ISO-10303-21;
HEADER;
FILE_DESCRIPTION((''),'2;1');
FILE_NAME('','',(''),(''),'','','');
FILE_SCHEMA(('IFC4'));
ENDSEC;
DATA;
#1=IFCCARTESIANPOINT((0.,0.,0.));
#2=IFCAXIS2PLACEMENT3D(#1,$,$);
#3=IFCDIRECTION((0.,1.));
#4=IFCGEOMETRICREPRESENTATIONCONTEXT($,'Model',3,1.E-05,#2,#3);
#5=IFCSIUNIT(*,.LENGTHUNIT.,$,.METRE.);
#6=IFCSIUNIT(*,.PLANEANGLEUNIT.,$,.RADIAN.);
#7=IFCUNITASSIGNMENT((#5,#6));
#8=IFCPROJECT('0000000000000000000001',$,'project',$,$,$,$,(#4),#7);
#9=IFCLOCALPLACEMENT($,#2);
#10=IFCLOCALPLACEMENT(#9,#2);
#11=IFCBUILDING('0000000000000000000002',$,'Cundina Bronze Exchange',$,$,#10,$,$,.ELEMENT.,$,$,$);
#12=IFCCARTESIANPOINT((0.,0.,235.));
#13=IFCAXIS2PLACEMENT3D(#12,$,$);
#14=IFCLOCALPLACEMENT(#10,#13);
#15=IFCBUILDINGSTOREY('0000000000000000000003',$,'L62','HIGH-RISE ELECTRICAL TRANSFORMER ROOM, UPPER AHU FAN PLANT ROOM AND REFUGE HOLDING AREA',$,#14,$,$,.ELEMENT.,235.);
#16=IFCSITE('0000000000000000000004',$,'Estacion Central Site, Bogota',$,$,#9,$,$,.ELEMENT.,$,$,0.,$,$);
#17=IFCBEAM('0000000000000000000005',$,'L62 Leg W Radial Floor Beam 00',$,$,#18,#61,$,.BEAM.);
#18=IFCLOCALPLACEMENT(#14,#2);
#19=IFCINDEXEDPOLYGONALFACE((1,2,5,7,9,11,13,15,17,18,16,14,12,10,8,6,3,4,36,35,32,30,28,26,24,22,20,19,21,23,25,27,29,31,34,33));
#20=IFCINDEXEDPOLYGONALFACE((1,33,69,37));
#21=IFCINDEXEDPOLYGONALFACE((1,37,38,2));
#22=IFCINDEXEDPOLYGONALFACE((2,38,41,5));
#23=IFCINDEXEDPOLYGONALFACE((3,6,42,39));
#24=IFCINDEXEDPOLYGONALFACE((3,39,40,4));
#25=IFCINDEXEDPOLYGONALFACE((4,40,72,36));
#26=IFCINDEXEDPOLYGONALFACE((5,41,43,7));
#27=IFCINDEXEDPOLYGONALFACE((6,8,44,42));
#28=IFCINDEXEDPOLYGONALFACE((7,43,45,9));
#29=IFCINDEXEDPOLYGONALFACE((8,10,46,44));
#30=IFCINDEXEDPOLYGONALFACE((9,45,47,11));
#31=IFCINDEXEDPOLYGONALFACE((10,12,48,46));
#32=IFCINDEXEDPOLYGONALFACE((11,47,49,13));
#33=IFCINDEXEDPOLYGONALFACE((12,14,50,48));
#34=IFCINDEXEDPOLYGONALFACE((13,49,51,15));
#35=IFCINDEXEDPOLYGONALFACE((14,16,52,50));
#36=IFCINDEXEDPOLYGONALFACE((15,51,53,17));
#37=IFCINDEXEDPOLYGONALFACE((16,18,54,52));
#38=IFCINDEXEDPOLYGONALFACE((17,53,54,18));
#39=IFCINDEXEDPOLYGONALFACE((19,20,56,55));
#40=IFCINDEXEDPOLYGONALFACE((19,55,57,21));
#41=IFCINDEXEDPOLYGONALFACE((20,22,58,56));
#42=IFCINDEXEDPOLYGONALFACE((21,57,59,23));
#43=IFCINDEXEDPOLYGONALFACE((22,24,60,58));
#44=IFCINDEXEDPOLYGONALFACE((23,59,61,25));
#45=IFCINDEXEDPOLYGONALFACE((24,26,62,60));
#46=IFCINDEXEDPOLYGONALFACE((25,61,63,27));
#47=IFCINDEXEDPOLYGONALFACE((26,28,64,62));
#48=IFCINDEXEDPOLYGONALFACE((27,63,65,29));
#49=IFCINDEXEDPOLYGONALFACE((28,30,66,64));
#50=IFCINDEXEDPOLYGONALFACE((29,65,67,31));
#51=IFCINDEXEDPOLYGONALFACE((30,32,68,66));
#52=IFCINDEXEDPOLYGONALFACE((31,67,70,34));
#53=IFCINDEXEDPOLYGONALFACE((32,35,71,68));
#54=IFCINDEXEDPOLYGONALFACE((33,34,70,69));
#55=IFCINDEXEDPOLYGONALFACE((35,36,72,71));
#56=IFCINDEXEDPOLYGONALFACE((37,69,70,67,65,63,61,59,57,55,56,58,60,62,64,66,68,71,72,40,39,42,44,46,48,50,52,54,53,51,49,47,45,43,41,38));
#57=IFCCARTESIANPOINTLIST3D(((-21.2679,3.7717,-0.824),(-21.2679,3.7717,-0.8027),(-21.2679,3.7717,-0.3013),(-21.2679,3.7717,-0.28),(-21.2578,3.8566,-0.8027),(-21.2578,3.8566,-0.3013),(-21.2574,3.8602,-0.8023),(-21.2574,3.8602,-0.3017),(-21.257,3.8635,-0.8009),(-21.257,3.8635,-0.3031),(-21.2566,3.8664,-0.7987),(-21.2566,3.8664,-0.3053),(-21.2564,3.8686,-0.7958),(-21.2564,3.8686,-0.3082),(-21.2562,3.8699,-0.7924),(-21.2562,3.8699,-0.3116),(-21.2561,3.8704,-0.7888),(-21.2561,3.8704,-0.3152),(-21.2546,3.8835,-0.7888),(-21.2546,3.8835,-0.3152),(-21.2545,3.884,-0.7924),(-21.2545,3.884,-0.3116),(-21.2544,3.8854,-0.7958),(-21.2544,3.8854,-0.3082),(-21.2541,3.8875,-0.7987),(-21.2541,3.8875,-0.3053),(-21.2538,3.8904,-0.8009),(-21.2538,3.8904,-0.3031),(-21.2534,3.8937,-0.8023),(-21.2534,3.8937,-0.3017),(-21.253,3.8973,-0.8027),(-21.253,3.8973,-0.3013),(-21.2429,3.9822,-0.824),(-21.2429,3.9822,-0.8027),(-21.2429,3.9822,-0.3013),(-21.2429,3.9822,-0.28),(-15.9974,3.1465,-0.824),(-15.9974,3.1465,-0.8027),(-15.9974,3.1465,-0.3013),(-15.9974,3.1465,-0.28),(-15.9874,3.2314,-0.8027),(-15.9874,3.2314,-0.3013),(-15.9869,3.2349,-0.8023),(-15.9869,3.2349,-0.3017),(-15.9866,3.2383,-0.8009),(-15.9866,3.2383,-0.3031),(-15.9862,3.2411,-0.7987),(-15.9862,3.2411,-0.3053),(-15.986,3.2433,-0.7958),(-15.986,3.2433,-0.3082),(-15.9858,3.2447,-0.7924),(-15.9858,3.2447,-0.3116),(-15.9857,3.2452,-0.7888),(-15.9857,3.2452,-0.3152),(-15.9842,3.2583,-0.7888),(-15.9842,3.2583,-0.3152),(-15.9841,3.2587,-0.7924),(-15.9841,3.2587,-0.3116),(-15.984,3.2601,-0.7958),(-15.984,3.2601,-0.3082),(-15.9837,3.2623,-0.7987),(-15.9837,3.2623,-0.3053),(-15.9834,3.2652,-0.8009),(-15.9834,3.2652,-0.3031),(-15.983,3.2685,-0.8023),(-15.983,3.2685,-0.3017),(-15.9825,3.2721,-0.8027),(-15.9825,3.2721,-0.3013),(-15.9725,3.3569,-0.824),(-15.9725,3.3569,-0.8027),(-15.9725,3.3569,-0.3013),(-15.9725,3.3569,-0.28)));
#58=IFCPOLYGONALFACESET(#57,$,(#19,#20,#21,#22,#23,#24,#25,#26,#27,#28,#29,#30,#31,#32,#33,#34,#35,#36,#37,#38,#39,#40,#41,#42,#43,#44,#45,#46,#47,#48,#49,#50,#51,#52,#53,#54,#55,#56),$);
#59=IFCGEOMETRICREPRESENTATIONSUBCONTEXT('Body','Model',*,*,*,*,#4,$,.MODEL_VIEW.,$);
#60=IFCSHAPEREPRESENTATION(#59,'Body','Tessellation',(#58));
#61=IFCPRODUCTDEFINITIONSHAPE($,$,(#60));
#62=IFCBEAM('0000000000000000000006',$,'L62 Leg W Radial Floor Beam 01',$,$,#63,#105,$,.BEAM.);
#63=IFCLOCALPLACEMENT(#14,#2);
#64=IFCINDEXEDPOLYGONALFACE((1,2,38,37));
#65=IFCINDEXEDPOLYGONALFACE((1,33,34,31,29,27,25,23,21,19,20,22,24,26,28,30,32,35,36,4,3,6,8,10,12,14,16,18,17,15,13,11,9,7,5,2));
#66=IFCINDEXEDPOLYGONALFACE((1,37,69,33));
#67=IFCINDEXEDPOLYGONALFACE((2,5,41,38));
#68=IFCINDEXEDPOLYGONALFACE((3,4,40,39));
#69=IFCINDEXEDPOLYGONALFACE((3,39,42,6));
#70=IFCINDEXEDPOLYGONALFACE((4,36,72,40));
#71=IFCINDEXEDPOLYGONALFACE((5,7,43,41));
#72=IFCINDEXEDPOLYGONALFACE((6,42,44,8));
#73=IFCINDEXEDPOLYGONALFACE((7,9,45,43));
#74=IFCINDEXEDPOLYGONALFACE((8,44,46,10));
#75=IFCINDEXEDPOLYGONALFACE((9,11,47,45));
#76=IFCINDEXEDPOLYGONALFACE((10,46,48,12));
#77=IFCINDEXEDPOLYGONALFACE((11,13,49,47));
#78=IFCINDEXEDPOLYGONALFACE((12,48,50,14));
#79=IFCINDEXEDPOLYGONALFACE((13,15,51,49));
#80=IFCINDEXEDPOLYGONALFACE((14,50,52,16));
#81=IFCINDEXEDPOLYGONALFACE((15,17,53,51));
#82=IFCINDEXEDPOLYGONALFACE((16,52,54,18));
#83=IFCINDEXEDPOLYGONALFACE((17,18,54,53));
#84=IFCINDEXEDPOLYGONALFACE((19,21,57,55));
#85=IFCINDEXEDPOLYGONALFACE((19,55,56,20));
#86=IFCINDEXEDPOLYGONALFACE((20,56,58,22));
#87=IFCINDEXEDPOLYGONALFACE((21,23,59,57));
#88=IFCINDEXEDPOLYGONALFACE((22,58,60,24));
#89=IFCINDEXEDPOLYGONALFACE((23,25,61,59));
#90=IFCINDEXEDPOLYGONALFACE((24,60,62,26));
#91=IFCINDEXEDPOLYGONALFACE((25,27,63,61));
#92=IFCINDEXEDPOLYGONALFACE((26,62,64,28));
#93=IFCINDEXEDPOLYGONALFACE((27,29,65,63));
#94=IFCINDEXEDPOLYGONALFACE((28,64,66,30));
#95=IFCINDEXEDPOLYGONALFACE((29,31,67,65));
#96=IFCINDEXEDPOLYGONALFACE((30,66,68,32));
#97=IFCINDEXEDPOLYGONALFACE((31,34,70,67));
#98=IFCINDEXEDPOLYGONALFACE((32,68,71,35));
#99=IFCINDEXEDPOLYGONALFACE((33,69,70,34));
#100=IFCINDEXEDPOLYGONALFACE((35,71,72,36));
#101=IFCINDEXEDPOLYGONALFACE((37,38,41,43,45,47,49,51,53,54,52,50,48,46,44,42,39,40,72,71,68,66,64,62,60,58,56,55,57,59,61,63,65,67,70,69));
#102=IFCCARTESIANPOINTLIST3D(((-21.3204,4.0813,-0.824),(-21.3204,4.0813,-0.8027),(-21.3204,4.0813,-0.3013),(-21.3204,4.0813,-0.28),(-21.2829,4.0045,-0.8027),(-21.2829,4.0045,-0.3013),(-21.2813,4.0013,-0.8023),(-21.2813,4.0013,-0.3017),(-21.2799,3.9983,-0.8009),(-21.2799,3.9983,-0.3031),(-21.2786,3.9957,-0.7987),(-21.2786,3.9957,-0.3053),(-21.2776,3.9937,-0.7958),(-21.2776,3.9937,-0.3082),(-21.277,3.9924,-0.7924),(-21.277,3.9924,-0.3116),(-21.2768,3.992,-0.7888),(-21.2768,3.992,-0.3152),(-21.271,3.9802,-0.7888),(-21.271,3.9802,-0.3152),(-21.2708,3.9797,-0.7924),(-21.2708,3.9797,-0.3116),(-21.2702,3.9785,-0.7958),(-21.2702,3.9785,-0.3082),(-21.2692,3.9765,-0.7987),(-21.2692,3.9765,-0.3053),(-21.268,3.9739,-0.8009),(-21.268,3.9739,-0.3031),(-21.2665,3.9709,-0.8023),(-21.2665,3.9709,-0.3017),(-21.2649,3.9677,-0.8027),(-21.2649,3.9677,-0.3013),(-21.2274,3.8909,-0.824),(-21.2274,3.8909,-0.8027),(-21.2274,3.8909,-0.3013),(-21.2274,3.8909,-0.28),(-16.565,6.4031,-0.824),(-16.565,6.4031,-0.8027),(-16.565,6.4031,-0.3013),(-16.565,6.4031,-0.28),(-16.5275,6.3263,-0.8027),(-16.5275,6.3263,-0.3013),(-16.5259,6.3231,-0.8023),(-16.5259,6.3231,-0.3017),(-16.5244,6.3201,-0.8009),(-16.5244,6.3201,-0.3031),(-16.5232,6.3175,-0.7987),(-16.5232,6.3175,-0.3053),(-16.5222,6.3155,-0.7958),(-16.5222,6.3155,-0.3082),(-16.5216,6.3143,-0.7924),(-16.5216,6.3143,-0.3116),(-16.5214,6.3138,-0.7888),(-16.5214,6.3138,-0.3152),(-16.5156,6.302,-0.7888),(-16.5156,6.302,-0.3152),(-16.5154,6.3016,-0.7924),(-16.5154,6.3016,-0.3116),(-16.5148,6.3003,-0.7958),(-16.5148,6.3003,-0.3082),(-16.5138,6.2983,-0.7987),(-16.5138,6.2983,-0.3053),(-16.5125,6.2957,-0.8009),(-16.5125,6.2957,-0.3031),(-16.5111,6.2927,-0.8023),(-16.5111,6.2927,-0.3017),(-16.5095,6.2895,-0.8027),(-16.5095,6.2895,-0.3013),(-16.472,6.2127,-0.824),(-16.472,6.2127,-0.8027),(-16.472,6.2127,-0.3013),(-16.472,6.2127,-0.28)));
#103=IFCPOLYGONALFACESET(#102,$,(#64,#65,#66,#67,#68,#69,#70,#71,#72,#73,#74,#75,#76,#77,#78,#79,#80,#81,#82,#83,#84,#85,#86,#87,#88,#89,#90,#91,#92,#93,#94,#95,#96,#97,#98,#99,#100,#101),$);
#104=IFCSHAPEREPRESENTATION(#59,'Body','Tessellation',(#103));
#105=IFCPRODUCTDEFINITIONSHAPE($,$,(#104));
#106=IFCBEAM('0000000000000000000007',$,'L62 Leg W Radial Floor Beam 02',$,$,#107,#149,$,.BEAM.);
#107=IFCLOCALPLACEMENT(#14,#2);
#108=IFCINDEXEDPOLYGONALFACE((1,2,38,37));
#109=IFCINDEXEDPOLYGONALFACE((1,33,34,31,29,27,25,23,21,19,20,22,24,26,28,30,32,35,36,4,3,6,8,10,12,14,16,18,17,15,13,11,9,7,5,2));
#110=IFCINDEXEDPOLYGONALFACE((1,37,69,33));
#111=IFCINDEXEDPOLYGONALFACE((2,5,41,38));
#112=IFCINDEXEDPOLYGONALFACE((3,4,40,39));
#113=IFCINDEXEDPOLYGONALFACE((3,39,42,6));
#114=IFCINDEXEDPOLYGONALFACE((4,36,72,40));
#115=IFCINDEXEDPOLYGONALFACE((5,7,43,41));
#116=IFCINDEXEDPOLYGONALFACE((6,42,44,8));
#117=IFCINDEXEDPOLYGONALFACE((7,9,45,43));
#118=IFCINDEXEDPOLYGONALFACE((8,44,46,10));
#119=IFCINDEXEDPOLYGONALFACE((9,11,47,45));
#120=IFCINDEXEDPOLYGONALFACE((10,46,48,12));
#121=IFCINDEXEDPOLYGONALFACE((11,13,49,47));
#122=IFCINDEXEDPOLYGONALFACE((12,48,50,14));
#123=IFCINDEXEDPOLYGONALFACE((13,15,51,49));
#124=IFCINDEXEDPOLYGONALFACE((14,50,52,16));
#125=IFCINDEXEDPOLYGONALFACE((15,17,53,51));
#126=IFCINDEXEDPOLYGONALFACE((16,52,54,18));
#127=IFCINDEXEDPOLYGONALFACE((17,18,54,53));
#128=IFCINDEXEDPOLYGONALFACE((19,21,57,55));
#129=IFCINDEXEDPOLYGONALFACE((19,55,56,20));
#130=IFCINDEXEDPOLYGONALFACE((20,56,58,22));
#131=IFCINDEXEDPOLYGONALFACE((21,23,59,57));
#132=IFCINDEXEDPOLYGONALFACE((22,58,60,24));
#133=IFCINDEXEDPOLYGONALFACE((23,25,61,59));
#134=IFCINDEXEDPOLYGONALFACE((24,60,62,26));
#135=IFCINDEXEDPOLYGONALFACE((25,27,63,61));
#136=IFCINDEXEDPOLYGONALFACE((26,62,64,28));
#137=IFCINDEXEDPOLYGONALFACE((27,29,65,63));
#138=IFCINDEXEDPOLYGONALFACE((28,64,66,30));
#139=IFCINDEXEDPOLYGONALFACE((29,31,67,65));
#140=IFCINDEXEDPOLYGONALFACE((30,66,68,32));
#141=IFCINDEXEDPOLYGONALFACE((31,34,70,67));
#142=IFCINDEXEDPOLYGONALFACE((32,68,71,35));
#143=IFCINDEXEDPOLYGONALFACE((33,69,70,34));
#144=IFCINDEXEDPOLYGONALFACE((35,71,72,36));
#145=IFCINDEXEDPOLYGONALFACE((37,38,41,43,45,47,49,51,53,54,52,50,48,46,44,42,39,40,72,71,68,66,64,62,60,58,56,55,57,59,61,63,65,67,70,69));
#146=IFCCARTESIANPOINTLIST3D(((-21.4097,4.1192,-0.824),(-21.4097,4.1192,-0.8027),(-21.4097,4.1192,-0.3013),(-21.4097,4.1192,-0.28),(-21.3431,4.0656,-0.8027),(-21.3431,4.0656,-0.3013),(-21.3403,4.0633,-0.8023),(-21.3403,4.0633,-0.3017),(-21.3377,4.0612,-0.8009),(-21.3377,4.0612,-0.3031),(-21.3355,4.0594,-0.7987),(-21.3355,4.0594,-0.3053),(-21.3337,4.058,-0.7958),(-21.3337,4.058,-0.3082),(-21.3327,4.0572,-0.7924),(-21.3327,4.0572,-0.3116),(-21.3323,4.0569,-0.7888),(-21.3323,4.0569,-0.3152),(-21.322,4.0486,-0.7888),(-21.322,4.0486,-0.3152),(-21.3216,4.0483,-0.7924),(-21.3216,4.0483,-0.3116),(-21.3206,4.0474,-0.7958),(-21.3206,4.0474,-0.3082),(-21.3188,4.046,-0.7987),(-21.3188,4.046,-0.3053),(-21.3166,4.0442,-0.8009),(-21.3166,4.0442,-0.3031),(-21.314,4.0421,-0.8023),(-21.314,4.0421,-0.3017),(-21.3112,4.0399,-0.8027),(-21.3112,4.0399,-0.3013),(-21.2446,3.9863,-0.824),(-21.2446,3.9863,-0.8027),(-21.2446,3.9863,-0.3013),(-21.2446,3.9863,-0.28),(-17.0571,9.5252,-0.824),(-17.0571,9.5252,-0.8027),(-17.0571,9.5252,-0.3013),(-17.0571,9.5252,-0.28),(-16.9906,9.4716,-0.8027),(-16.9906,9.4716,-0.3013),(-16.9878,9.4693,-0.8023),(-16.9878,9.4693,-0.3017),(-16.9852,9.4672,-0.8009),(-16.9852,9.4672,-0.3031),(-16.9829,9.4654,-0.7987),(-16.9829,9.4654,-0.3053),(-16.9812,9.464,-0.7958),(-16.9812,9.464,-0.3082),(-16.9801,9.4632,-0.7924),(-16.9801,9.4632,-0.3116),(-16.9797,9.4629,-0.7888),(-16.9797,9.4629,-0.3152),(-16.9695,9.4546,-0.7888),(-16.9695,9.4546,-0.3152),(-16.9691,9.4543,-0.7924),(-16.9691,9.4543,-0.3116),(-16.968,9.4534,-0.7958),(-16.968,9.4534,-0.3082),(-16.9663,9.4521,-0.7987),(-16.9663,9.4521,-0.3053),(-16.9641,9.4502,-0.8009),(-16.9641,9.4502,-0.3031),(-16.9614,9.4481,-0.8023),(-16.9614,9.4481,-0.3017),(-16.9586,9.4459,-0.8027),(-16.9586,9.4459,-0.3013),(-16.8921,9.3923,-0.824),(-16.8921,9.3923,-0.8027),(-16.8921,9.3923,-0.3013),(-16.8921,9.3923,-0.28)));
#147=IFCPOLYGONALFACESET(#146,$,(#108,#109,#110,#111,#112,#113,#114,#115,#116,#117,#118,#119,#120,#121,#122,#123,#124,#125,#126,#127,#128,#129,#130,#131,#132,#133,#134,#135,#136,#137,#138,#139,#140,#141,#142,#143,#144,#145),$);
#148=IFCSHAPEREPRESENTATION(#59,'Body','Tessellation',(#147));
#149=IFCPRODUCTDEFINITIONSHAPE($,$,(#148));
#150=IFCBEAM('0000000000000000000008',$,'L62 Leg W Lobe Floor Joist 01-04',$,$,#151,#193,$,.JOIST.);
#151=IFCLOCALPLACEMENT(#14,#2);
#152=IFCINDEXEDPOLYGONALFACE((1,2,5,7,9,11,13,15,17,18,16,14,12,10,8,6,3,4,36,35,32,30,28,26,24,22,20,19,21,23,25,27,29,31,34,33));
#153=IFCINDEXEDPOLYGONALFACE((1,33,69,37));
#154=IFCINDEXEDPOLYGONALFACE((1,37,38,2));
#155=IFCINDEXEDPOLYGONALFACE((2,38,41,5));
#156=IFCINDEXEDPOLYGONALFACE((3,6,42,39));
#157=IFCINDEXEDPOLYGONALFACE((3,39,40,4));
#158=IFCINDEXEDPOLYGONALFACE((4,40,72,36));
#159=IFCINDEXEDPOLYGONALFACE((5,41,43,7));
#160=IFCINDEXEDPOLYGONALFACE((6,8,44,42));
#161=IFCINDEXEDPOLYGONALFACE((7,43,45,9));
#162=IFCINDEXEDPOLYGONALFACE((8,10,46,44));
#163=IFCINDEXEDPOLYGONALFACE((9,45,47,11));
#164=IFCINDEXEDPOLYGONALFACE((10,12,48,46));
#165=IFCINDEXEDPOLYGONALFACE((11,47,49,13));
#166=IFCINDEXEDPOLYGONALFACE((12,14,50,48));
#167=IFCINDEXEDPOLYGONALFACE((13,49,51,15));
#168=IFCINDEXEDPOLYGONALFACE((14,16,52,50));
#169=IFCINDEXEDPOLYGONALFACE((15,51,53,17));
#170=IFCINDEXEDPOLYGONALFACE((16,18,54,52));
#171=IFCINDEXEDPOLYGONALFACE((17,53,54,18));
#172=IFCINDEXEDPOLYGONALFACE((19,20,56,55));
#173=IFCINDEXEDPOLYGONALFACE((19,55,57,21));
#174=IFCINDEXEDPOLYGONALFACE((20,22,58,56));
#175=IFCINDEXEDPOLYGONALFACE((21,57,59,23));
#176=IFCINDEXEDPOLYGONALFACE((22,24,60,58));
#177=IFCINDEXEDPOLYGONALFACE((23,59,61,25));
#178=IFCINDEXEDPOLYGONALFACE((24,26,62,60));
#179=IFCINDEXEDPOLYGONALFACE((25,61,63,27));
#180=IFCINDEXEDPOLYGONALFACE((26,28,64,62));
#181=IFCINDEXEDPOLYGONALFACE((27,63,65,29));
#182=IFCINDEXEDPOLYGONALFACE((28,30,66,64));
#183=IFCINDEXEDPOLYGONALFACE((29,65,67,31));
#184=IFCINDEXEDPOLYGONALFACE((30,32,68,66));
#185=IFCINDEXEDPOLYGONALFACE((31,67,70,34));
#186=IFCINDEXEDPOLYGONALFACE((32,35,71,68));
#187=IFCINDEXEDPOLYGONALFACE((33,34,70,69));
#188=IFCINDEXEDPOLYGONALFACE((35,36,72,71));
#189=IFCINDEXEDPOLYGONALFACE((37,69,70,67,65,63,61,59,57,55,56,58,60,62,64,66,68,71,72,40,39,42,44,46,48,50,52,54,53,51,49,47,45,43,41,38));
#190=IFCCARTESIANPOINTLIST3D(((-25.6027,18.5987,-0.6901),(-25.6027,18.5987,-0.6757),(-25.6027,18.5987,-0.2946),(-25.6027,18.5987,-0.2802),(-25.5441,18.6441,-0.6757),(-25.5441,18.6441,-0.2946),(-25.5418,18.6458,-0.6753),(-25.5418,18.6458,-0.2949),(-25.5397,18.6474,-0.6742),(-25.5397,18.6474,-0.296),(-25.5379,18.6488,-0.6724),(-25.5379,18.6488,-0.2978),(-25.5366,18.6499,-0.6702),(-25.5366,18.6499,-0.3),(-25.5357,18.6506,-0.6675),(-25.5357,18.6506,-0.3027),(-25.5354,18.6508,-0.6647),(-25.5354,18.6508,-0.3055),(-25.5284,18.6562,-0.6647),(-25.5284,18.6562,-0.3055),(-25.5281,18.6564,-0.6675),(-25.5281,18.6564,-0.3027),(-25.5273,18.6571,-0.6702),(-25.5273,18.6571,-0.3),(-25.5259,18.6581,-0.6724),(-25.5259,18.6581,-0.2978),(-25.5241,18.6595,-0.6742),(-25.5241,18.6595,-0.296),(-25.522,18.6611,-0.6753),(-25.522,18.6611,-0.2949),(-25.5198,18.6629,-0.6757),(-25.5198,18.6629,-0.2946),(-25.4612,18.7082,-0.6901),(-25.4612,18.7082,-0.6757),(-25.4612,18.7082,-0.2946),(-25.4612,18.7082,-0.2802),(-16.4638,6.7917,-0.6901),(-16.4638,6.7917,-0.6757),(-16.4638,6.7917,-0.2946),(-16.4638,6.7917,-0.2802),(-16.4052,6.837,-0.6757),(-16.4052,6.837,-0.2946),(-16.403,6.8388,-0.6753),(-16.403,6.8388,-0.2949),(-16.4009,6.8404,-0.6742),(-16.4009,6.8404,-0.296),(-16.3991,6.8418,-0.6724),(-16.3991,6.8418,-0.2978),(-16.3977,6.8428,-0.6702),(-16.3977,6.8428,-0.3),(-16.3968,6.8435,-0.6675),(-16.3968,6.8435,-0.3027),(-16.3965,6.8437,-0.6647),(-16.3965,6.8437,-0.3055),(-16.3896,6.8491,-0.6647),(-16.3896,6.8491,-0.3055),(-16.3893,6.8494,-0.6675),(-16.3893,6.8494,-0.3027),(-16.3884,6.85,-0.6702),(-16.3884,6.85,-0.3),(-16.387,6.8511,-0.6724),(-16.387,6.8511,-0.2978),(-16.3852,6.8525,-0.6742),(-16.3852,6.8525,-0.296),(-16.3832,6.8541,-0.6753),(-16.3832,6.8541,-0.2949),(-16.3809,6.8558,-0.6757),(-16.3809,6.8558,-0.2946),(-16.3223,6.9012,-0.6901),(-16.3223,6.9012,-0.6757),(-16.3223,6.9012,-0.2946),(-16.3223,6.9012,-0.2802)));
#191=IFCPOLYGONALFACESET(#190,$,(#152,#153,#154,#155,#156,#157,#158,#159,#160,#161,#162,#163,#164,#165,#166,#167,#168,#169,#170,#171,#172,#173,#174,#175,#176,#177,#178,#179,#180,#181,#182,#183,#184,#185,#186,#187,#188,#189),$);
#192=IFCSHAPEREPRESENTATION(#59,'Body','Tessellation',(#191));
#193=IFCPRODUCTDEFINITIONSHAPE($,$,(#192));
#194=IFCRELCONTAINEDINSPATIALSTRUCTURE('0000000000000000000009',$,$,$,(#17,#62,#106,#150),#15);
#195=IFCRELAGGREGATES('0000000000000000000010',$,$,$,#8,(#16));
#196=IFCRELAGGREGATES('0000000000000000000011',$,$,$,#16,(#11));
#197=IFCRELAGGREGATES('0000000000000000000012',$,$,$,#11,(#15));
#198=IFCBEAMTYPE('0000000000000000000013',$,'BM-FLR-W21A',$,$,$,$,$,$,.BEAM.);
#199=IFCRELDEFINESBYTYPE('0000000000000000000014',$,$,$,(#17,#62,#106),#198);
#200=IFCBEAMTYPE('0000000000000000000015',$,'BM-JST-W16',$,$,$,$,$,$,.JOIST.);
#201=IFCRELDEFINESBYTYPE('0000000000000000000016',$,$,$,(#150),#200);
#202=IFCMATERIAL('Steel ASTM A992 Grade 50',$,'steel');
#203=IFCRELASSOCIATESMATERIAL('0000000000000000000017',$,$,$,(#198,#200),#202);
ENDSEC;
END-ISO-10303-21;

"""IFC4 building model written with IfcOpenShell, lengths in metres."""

from ifc_helpers import new_model, si_unit, direction, frame, origin, origin_2d, place, context, subcontext, project, spatial, i_section, extrude, material, material_profile, profile_set, type_object, element, save


model = new_model("IFC4")

# Units and contexts
model_context = context("Model", 3, precision=1e-05, world=origin(), true_north=direction((0.0, 1.0)))
body_context = subcontext(model_context, "Body", "Model", "MODEL_VIEW")
ifc_project = project(units=[si_unit("LENGTHUNIT", "METRE"), si_unit("PLANEANGLEUNIT", "RADIAN")], contexts=[model_context])

# Site, building, storey
site_placement = place(None, origin())
site = spatial("IfcSite", under=ifc_project, at=site_placement, Name="Estacion Central Site, Bogota", CompositionType="ELEMENT", RefElevation=0.0)
building_placement = place(site_placement, origin())
building = spatial("IfcBuilding", under=site, at=building_placement, Name="Cundina Bronze Exchange", CompositionType="ELEMENT")
storey_placement = place(building_placement, frame((0.0, 0.0, 235.0)))
storey = spatial("IfcBuildingStorey", under=building, at=storey_placement, Name="L62", Description="HIGH-RISE ELECTRICAL TRANSFORMER ROOM, UPPER AHU FAN PLANT ROOM AND REFUGE HOLDING AREA", CompositionType="ELEMENT", Elevation=235.0)

# Shared definitions
ifc_material_1 = material(Name="Steel ASTM A992 Grade 50", Category="steel")

# Beams
ifc_material_profile_1 = material_profile(ifc_material_1, i_section(OverallWidth=0.2119, OverallDepth=0.5439, WebThickness=0.0132, FlangeThickness=0.0212, FilletRadius=0.0139, at=origin_2d()), Name="W21X83", Category="steel")
ifc_profile_set_1 = profile_set([ifc_material_profile_1], Name="Steel ASTM A992 Grade 50")
beam_type_1 = type_object("IfcBeamType", Name="BM-FLR-W21A", PredefinedType="BEAM", material=ifc_profile_set_1)
beam_1_placement = place(storey_placement, frame((-21.2554, 3.877, -0.552), z_axis=(0.993037, -0.117805, 0.0), x_axis=(0.117805, 0.993037, 0.0)))
element("IfcBeam", 1, at=beam_1_placement, inside=storey, type_object=beam_type_1, Name="L62 Leg W Radial Floor Beam 00", PredefinedType="BEAM", context=body_context, shape_type="SweptSolid", body=[
    extrude(i_section(OverallWidth=0.2119, OverallDepth=0.5439, WebThickness=0.0132, FlangeThickness=0.0212, FilletRadius=0.0139, at=origin_2d()), origin(), (0.0, 0.0, 1.0), 5.3074),
])
beam_2_placement = place(storey_placement, frame((-21.2739, 3.9861, -0.552), z_axis=(0.898613, 0.438742, 0.0), x_axis=(-0.438742, 0.898613, 0.0)))
element("IfcBeam", 2, at=beam_2_placement, inside=storey, type_object=beam_type_1, Name="L62 Leg W Radial Floor Beam 01", PredefinedType="BEAM", context=body_context, shape_type="SweptSolid", body=[
    extrude(i_section(OverallWidth=0.2119, OverallDepth=0.5439, WebThickness=0.0132, FlangeThickness=0.0212, FilletRadius=0.0139, at=origin_2d()), origin(), (0.0, 0.0, 1.0), 5.292),
])
beam_3_placement = place(storey_placement, frame((-21.3271, 4.0527, -0.552), z_axis=(0.627129, 0.778916, 0.0), x_axis=(-0.778916, 0.627129, 0.0)))
element("IfcBeam", 3, at=beam_3_placement, inside=storey, type_object=beam_type_1, Name="L62 Leg W Radial Floor Beam 02", PredefinedType="BEAM", context=body_context, shape_type="SweptSolid", body=[
    extrude(i_section(OverallWidth=0.2119, OverallDepth=0.5439, WebThickness=0.0132, FlangeThickness=0.0212, FilletRadius=0.0139, at=origin_2d()), origin(), (0.0, 0.0, 1.0), 6.9404),
])
ifc_material_profile_2 = material_profile(ifc_material_1, i_section(OverallWidth=0.179, OverallDepth=0.4099, WebThickness=0.0088, FlangeThickness=0.0144, FilletRadius=0.011, at=origin_2d()), Name="W16X45", Category="steel")
ifc_profile_set_2 = profile_set([ifc_material_profile_2], Name="Steel ASTM A992 Grade 50")
beam_type_2 = type_object("IfcBeamType", Name="BM-JST-W16", PredefinedType="JOIST", material=ifc_profile_set_2)
beam_4_placement = place(storey_placement, frame((-16.3931, 6.8464, -0.4851), z_axis=(-0.612086, 0.790791, 0.0), x_axis=(-0.790791, -0.612086, 0.0)))
element("IfcBeam", 4, at=beam_4_placement, inside=storey, type_object=beam_type_2, Name="L62 Leg W Lobe Floor Joist 01-04", PredefinedType="JOIST", context=body_context, shape_type="SweptSolid", body=[
    extrude(i_section(OverallWidth=0.179, OverallDepth=0.4099, WebThickness=0.0088, FlangeThickness=0.0144, FilletRadius=0.011, at=origin_2d()), origin(), (0.0, 0.0, 1.0), 14.9307),
])

save(model, "model.ifc")
